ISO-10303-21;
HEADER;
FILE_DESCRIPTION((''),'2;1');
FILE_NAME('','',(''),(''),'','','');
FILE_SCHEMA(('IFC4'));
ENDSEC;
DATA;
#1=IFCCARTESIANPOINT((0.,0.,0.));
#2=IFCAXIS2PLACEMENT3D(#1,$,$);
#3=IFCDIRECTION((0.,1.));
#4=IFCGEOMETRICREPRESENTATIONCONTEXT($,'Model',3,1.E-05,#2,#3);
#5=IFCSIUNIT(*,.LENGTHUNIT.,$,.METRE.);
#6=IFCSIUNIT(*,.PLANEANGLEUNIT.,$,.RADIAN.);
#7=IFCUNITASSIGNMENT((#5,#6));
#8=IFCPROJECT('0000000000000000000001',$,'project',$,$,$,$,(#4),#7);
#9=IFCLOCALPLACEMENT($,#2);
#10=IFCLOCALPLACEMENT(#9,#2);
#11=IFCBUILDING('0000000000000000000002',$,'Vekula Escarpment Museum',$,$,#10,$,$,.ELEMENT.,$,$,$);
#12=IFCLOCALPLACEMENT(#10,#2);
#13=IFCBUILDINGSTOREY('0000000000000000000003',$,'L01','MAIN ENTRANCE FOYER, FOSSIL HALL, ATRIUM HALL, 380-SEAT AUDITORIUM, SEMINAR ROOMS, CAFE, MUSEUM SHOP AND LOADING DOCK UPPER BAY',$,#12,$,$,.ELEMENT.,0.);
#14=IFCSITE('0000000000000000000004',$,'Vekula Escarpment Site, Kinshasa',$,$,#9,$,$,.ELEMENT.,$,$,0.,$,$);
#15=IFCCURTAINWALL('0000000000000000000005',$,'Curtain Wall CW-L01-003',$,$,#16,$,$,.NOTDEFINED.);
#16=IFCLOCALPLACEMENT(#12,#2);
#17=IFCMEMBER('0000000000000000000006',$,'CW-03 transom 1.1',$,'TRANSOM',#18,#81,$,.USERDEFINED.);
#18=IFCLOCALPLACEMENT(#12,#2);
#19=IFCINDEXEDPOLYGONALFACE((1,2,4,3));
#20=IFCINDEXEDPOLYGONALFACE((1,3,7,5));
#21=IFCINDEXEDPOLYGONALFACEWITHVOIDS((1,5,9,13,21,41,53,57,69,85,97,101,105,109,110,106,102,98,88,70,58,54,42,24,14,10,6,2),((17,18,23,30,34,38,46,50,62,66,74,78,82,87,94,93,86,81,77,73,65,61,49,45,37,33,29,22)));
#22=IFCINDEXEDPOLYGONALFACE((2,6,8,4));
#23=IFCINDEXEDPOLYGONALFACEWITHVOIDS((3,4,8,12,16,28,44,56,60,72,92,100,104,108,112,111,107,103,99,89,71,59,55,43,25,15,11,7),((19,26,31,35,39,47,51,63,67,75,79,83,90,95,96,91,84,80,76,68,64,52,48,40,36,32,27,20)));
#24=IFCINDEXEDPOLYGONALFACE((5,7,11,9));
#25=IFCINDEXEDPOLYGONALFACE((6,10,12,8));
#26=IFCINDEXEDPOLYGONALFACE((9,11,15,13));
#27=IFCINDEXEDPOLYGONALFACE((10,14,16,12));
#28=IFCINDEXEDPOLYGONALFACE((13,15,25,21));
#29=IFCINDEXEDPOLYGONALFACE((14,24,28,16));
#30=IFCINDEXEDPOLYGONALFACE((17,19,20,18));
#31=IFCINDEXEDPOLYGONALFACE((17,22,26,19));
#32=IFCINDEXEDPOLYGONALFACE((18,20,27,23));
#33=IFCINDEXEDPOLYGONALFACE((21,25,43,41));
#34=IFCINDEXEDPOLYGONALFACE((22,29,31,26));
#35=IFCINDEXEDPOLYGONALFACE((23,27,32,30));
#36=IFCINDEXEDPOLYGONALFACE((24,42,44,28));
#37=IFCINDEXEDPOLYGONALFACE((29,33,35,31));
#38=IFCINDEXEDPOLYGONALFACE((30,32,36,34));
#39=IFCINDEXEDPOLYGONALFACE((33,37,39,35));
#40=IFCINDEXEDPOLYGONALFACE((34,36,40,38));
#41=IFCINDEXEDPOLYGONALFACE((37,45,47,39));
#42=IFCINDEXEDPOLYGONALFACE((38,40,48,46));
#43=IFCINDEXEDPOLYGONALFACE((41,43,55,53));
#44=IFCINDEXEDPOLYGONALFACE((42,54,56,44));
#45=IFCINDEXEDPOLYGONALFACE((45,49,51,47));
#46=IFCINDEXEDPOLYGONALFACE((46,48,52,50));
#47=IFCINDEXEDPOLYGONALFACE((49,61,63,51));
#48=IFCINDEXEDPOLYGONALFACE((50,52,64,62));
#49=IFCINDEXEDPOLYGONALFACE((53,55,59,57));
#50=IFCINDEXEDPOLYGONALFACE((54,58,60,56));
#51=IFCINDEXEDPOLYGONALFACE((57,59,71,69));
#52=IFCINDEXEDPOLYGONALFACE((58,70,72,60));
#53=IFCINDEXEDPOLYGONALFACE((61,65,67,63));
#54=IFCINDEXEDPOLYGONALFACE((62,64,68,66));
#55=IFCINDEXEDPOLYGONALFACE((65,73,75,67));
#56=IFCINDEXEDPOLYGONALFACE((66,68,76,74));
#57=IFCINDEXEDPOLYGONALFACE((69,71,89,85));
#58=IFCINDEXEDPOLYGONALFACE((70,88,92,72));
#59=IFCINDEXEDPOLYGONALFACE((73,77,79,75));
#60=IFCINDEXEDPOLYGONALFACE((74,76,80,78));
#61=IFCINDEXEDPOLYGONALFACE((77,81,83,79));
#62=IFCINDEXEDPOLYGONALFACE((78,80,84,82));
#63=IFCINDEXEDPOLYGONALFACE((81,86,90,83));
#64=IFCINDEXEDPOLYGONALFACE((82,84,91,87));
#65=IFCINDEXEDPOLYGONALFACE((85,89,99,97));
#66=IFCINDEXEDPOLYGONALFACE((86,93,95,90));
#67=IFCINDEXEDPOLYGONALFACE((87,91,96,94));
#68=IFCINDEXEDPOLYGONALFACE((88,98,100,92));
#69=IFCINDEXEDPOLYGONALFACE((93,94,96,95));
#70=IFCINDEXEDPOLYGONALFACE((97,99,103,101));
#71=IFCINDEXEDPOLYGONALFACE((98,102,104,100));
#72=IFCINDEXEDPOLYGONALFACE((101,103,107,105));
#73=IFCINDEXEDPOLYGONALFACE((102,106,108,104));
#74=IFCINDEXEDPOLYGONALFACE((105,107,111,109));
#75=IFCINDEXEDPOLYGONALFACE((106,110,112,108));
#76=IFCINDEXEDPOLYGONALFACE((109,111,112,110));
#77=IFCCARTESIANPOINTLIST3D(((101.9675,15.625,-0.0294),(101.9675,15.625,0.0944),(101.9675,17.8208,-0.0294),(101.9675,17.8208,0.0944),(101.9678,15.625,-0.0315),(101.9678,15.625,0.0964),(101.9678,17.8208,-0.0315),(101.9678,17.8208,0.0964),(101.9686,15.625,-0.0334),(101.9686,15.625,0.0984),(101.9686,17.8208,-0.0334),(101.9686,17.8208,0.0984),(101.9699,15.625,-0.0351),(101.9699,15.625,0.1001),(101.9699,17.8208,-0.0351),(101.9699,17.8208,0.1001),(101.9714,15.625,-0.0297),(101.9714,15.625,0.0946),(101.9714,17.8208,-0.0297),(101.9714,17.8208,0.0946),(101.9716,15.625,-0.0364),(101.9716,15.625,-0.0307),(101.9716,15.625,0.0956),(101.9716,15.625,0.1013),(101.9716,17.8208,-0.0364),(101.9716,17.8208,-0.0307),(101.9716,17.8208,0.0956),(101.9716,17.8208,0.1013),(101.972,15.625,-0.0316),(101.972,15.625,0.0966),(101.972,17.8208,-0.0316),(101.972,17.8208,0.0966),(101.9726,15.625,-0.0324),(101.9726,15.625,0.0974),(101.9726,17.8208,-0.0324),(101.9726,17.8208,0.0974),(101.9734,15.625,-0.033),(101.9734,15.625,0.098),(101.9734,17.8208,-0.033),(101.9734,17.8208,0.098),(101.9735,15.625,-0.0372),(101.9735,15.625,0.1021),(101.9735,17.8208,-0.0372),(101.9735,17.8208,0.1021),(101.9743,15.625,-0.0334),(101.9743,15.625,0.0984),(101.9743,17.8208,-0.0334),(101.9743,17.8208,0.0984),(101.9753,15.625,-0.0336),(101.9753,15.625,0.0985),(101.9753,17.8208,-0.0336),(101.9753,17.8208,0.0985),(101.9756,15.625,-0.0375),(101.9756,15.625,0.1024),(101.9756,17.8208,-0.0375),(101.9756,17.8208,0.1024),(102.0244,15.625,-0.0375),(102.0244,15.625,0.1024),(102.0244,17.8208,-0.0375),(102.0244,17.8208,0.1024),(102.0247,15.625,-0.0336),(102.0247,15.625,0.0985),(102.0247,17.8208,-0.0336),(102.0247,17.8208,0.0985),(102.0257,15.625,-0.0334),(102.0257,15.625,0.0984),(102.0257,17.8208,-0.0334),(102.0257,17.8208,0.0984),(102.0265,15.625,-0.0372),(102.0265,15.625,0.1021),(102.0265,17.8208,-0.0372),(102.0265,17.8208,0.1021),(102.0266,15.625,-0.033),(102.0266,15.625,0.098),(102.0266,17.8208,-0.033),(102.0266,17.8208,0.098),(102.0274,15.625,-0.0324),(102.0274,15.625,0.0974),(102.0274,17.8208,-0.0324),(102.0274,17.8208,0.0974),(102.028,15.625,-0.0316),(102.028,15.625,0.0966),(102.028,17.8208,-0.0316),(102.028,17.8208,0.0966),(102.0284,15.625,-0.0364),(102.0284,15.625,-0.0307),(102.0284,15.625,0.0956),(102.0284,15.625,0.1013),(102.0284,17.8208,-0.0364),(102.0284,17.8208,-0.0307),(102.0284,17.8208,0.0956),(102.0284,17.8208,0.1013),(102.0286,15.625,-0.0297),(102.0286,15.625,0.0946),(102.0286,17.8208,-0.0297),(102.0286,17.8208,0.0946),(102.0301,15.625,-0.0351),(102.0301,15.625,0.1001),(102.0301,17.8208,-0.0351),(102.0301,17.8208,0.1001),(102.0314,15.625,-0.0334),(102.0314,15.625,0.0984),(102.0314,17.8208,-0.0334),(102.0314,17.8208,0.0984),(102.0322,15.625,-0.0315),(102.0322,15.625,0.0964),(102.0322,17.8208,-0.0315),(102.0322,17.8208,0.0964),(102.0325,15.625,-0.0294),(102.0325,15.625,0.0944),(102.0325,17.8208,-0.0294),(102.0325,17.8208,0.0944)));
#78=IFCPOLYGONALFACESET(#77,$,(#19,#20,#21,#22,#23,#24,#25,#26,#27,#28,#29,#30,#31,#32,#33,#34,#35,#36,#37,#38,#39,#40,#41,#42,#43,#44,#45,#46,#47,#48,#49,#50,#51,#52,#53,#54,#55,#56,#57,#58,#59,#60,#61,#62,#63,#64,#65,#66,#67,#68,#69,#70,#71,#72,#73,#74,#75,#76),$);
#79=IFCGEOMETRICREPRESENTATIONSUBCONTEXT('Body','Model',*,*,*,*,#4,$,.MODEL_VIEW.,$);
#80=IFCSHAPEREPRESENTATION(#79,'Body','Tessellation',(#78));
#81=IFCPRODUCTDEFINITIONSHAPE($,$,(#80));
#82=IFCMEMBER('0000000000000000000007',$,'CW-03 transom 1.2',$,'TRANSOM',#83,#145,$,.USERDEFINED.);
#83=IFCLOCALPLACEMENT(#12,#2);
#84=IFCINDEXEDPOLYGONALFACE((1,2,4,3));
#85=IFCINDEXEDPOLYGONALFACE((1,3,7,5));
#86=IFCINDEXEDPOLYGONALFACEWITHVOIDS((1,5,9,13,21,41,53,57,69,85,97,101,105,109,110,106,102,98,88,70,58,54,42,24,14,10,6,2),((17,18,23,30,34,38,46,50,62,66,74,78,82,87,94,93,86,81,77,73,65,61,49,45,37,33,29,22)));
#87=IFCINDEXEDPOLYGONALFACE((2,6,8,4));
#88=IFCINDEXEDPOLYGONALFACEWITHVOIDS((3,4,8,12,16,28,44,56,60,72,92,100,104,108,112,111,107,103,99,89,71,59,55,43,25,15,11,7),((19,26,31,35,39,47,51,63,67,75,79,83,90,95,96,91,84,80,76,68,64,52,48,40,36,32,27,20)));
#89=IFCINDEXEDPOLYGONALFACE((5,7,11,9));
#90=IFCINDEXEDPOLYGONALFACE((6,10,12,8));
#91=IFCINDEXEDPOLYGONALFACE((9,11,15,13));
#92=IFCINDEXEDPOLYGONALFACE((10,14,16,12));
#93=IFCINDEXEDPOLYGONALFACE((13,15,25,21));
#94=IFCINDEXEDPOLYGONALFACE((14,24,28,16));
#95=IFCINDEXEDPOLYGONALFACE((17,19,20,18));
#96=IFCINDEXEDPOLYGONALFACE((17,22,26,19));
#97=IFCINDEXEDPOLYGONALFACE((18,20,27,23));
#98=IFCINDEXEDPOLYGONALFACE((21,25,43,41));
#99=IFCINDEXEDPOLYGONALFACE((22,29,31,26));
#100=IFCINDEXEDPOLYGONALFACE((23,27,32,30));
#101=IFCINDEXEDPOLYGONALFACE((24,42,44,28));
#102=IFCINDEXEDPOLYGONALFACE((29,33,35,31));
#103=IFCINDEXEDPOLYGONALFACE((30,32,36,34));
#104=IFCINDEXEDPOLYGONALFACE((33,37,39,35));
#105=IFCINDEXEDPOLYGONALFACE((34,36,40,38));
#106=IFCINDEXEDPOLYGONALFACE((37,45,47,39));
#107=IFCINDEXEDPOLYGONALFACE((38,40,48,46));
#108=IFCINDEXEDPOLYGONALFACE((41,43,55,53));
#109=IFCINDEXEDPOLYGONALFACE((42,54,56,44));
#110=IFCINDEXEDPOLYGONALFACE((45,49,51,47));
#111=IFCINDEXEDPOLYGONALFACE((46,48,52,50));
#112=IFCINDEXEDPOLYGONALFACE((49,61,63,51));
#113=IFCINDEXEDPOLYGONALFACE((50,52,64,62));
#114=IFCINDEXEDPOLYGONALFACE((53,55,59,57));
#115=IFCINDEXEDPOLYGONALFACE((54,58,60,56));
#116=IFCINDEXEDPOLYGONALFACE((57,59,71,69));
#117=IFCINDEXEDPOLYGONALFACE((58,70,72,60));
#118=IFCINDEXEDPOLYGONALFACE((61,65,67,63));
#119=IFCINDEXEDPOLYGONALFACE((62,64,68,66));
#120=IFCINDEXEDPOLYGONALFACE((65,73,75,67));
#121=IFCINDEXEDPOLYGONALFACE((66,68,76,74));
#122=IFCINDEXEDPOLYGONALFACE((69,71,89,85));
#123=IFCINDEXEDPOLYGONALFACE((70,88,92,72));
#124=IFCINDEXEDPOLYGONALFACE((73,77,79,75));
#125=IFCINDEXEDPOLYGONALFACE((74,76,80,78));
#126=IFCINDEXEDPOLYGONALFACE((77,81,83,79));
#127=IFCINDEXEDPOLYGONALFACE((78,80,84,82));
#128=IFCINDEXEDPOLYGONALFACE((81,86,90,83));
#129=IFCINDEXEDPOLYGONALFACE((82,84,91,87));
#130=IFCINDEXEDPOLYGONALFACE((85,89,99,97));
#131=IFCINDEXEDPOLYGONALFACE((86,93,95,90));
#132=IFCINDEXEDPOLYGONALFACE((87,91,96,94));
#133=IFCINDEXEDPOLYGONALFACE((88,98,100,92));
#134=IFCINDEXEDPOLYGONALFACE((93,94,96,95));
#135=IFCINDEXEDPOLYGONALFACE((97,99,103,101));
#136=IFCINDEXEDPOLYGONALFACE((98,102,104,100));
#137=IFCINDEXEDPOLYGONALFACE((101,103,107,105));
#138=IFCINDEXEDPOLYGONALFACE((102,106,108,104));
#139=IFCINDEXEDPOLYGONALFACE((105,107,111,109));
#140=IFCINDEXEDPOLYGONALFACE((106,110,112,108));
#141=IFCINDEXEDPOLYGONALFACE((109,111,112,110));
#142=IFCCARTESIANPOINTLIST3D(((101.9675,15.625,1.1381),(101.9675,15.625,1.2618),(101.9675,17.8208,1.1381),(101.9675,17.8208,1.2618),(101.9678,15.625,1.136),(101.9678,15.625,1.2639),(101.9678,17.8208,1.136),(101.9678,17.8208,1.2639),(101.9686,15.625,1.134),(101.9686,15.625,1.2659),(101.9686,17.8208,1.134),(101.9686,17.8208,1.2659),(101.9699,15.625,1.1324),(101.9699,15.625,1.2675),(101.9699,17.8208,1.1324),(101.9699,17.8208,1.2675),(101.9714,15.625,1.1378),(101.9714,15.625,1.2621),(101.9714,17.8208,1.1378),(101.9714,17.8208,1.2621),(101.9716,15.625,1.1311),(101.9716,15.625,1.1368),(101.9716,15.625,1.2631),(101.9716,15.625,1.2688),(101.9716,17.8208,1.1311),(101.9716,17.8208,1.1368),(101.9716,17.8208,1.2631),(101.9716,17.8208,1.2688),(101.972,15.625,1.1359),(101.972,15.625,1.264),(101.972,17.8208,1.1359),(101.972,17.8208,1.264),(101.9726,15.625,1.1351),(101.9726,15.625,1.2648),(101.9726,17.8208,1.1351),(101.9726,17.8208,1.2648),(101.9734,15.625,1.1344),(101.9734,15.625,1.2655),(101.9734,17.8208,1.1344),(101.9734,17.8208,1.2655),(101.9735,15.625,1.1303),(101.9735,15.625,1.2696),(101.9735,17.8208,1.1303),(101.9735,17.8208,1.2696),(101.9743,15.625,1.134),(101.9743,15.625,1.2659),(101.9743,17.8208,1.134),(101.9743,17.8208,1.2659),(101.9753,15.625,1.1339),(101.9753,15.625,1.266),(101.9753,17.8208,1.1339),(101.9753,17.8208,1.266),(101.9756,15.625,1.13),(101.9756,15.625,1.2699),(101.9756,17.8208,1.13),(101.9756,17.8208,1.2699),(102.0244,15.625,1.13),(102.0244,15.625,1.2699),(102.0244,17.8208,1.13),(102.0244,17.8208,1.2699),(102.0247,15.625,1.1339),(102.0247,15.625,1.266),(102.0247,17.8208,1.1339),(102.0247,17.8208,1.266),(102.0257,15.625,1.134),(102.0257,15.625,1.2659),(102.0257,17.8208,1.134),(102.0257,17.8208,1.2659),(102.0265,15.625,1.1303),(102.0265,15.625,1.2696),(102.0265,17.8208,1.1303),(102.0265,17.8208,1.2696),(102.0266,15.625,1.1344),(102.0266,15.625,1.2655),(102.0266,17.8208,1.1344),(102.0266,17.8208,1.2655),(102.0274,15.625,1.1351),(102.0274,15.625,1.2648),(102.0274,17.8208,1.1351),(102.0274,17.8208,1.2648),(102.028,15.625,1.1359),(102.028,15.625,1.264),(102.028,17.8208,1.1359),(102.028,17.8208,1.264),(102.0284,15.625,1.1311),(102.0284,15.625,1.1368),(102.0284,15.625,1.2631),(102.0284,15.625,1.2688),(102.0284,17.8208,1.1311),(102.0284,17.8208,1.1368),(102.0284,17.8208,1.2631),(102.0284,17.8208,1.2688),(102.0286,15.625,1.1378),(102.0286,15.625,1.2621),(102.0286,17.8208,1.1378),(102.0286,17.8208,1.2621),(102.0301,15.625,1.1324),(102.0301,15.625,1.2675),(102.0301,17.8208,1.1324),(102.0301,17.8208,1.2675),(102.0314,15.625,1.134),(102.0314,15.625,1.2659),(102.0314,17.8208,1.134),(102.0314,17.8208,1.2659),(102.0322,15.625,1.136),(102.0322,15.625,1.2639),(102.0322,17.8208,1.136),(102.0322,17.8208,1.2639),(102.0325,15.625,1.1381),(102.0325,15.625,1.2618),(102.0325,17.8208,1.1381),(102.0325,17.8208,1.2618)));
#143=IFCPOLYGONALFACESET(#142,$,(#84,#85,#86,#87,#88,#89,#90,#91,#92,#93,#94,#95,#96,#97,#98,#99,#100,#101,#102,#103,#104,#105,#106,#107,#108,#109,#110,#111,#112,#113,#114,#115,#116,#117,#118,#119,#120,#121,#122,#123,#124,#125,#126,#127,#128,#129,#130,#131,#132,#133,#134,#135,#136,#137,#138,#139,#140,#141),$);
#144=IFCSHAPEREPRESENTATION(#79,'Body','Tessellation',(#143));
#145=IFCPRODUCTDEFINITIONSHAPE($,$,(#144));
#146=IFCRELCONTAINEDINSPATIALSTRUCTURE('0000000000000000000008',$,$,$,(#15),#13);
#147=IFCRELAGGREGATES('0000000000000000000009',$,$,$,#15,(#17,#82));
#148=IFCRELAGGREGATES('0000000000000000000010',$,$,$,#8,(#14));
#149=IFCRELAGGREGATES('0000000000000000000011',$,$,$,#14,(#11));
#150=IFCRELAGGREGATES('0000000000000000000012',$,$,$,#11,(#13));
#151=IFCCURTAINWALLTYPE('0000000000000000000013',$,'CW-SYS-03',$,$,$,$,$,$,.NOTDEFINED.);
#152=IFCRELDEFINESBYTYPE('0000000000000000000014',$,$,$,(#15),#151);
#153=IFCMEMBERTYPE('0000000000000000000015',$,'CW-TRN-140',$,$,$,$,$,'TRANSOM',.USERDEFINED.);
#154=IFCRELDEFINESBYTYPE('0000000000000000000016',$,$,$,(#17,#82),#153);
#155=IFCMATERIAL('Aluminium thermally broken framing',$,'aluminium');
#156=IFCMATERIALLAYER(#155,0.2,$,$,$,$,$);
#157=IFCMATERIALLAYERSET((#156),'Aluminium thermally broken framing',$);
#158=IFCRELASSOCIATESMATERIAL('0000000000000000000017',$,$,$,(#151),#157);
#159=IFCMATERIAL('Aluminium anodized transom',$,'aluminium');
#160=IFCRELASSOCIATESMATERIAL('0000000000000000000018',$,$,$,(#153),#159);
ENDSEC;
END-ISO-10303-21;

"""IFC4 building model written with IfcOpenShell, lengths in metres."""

from ifc_helpers import new_model, si_unit, direction, frame, origin, origin_2d, place, context, subcontext, project, spatial, hollow_rectangle, extrude, material, layer, layer_set, material_profile, profile_set, type_object, element, aggregate, save


model = new_model("IFC4")

# Units and contexts
model_context = context("Model", 3, precision=1e-05, world=origin(), true_north=direction((0.0, 1.0)))
body_context = subcontext(model_context, "Body", "Model", "MODEL_VIEW")
ifc_project = project(units=[si_unit("LENGTHUNIT", "METRE"), si_unit("PLANEANGLEUNIT", "RADIAN")], contexts=[model_context])

# Site, building, storey
site_placement = place(None, origin())
site = spatial("IfcSite", under=ifc_project, at=site_placement, Name="Vekula Escarpment Site, Kinshasa", CompositionType="ELEMENT", RefElevation=0.0)
building_placement = place(site_placement, origin())
building = spatial("IfcBuilding", under=site, at=building_placement, Name="Vekula Escarpment Museum", CompositionType="ELEMENT")
storey_placement = place(building_placement, origin())
storey = spatial("IfcBuildingStorey", under=building, at=storey_placement, Name="L01", Description="MAIN ENTRANCE FOYER, FOSSIL HALL, ATRIUM HALL, 380-SEAT AUDITORIUM, SEMINAR ROOMS, CAFE, MUSEUM SHOP AND LOADING DOCK UPPER BAY", CompositionType="ELEMENT", Elevation=0.0)

# Curtain wall
ifc_material_1 = material(Name="Aluminium thermally broken framing", Category="aluminium")
ifc_layer_1 = layer(ifc_material_1, 0.2)
ifc_layer_set_1 = layer_set([ifc_layer_1], Name="Aluminium thermally broken framing")
curtain_wall_type_1 = type_object("IfcCurtainWallType", Name="CW-SYS-03", PredefinedType="NOTDEFINED", material=ifc_layer_set_1)
curtain_wall_1_placement = place(storey_placement, origin())
curtain_wall_1 = element("IfcCurtainWall", 1, at=curtain_wall_1_placement, inside=storey, type_object=curtain_wall_type_1, Name="Curtain Wall CW-L01-003", PredefinedType="NOTDEFINED")

# Members
ifc_material_2 = material(Name="Aluminium anodized transom", Category="aluminium")
ifc_material_profile_1 = material_profile(ifc_material_2, hollow_rectangle(XDim=0.0649, YDim=0.1399, WallThickness=0.0039, InnerFilletRadius=0.0039, OuterFilletRadius=0.0081, at=origin_2d()), Name="ALU 140x65x4")
ifc_profile_set_1 = profile_set([ifc_material_profile_1], Name="Aluminium anodized transom")
member_type_1 = type_object("IfcMemberType", Name="CW-TRN-140", ElementType="TRANSOM", PredefinedType="USERDEFINED", material=ifc_profile_set_1)
member_1_placement = place(storey_placement, frame((102.0, 15.625, 0.0325), z_axis=(0.0, 1.0, 0.0), x_axis=(-1.0, 0.0, 0.0)))
member_1 = element("IfcMember", 2, at=member_1_placement, type_object=member_type_1, Name="CW-03 transom 1.1", ObjectType="TRANSOM", PredefinedType="USERDEFINED", context=body_context, shape_type="SweptSolid", body=[
    extrude(hollow_rectangle(XDim=0.0649, YDim=0.1399, WallThickness=0.0039, InnerFilletRadius=0.0039, OuterFilletRadius=0.0081, at=origin_2d()), origin(), (0.0, 0.0, 1.0), 2.1958),
])
member_2_placement = place(storey_placement, frame((102.0, 15.625, 1.2), z_axis=(0.0, 1.0, 0.0), x_axis=(-1.0, 0.0, 0.0)))
member_2 = element("IfcMember", 3, at=member_2_placement, type_object=member_type_1, Name="CW-03 transom 1.2", ObjectType="TRANSOM", PredefinedType="USERDEFINED", context=body_context, shape_type="SweptSolid", body=[
    extrude(hollow_rectangle(XDim=0.0649, YDim=0.1399, WallThickness=0.0039, InnerFilletRadius=0.0039, OuterFilletRadius=0.0081, at=origin_2d()), origin(), (0.0, 0.0, 1.0), 2.1958),
])

aggregate(curtain_wall_1, [member_1, member_2])

save(model, "model.ifc")
